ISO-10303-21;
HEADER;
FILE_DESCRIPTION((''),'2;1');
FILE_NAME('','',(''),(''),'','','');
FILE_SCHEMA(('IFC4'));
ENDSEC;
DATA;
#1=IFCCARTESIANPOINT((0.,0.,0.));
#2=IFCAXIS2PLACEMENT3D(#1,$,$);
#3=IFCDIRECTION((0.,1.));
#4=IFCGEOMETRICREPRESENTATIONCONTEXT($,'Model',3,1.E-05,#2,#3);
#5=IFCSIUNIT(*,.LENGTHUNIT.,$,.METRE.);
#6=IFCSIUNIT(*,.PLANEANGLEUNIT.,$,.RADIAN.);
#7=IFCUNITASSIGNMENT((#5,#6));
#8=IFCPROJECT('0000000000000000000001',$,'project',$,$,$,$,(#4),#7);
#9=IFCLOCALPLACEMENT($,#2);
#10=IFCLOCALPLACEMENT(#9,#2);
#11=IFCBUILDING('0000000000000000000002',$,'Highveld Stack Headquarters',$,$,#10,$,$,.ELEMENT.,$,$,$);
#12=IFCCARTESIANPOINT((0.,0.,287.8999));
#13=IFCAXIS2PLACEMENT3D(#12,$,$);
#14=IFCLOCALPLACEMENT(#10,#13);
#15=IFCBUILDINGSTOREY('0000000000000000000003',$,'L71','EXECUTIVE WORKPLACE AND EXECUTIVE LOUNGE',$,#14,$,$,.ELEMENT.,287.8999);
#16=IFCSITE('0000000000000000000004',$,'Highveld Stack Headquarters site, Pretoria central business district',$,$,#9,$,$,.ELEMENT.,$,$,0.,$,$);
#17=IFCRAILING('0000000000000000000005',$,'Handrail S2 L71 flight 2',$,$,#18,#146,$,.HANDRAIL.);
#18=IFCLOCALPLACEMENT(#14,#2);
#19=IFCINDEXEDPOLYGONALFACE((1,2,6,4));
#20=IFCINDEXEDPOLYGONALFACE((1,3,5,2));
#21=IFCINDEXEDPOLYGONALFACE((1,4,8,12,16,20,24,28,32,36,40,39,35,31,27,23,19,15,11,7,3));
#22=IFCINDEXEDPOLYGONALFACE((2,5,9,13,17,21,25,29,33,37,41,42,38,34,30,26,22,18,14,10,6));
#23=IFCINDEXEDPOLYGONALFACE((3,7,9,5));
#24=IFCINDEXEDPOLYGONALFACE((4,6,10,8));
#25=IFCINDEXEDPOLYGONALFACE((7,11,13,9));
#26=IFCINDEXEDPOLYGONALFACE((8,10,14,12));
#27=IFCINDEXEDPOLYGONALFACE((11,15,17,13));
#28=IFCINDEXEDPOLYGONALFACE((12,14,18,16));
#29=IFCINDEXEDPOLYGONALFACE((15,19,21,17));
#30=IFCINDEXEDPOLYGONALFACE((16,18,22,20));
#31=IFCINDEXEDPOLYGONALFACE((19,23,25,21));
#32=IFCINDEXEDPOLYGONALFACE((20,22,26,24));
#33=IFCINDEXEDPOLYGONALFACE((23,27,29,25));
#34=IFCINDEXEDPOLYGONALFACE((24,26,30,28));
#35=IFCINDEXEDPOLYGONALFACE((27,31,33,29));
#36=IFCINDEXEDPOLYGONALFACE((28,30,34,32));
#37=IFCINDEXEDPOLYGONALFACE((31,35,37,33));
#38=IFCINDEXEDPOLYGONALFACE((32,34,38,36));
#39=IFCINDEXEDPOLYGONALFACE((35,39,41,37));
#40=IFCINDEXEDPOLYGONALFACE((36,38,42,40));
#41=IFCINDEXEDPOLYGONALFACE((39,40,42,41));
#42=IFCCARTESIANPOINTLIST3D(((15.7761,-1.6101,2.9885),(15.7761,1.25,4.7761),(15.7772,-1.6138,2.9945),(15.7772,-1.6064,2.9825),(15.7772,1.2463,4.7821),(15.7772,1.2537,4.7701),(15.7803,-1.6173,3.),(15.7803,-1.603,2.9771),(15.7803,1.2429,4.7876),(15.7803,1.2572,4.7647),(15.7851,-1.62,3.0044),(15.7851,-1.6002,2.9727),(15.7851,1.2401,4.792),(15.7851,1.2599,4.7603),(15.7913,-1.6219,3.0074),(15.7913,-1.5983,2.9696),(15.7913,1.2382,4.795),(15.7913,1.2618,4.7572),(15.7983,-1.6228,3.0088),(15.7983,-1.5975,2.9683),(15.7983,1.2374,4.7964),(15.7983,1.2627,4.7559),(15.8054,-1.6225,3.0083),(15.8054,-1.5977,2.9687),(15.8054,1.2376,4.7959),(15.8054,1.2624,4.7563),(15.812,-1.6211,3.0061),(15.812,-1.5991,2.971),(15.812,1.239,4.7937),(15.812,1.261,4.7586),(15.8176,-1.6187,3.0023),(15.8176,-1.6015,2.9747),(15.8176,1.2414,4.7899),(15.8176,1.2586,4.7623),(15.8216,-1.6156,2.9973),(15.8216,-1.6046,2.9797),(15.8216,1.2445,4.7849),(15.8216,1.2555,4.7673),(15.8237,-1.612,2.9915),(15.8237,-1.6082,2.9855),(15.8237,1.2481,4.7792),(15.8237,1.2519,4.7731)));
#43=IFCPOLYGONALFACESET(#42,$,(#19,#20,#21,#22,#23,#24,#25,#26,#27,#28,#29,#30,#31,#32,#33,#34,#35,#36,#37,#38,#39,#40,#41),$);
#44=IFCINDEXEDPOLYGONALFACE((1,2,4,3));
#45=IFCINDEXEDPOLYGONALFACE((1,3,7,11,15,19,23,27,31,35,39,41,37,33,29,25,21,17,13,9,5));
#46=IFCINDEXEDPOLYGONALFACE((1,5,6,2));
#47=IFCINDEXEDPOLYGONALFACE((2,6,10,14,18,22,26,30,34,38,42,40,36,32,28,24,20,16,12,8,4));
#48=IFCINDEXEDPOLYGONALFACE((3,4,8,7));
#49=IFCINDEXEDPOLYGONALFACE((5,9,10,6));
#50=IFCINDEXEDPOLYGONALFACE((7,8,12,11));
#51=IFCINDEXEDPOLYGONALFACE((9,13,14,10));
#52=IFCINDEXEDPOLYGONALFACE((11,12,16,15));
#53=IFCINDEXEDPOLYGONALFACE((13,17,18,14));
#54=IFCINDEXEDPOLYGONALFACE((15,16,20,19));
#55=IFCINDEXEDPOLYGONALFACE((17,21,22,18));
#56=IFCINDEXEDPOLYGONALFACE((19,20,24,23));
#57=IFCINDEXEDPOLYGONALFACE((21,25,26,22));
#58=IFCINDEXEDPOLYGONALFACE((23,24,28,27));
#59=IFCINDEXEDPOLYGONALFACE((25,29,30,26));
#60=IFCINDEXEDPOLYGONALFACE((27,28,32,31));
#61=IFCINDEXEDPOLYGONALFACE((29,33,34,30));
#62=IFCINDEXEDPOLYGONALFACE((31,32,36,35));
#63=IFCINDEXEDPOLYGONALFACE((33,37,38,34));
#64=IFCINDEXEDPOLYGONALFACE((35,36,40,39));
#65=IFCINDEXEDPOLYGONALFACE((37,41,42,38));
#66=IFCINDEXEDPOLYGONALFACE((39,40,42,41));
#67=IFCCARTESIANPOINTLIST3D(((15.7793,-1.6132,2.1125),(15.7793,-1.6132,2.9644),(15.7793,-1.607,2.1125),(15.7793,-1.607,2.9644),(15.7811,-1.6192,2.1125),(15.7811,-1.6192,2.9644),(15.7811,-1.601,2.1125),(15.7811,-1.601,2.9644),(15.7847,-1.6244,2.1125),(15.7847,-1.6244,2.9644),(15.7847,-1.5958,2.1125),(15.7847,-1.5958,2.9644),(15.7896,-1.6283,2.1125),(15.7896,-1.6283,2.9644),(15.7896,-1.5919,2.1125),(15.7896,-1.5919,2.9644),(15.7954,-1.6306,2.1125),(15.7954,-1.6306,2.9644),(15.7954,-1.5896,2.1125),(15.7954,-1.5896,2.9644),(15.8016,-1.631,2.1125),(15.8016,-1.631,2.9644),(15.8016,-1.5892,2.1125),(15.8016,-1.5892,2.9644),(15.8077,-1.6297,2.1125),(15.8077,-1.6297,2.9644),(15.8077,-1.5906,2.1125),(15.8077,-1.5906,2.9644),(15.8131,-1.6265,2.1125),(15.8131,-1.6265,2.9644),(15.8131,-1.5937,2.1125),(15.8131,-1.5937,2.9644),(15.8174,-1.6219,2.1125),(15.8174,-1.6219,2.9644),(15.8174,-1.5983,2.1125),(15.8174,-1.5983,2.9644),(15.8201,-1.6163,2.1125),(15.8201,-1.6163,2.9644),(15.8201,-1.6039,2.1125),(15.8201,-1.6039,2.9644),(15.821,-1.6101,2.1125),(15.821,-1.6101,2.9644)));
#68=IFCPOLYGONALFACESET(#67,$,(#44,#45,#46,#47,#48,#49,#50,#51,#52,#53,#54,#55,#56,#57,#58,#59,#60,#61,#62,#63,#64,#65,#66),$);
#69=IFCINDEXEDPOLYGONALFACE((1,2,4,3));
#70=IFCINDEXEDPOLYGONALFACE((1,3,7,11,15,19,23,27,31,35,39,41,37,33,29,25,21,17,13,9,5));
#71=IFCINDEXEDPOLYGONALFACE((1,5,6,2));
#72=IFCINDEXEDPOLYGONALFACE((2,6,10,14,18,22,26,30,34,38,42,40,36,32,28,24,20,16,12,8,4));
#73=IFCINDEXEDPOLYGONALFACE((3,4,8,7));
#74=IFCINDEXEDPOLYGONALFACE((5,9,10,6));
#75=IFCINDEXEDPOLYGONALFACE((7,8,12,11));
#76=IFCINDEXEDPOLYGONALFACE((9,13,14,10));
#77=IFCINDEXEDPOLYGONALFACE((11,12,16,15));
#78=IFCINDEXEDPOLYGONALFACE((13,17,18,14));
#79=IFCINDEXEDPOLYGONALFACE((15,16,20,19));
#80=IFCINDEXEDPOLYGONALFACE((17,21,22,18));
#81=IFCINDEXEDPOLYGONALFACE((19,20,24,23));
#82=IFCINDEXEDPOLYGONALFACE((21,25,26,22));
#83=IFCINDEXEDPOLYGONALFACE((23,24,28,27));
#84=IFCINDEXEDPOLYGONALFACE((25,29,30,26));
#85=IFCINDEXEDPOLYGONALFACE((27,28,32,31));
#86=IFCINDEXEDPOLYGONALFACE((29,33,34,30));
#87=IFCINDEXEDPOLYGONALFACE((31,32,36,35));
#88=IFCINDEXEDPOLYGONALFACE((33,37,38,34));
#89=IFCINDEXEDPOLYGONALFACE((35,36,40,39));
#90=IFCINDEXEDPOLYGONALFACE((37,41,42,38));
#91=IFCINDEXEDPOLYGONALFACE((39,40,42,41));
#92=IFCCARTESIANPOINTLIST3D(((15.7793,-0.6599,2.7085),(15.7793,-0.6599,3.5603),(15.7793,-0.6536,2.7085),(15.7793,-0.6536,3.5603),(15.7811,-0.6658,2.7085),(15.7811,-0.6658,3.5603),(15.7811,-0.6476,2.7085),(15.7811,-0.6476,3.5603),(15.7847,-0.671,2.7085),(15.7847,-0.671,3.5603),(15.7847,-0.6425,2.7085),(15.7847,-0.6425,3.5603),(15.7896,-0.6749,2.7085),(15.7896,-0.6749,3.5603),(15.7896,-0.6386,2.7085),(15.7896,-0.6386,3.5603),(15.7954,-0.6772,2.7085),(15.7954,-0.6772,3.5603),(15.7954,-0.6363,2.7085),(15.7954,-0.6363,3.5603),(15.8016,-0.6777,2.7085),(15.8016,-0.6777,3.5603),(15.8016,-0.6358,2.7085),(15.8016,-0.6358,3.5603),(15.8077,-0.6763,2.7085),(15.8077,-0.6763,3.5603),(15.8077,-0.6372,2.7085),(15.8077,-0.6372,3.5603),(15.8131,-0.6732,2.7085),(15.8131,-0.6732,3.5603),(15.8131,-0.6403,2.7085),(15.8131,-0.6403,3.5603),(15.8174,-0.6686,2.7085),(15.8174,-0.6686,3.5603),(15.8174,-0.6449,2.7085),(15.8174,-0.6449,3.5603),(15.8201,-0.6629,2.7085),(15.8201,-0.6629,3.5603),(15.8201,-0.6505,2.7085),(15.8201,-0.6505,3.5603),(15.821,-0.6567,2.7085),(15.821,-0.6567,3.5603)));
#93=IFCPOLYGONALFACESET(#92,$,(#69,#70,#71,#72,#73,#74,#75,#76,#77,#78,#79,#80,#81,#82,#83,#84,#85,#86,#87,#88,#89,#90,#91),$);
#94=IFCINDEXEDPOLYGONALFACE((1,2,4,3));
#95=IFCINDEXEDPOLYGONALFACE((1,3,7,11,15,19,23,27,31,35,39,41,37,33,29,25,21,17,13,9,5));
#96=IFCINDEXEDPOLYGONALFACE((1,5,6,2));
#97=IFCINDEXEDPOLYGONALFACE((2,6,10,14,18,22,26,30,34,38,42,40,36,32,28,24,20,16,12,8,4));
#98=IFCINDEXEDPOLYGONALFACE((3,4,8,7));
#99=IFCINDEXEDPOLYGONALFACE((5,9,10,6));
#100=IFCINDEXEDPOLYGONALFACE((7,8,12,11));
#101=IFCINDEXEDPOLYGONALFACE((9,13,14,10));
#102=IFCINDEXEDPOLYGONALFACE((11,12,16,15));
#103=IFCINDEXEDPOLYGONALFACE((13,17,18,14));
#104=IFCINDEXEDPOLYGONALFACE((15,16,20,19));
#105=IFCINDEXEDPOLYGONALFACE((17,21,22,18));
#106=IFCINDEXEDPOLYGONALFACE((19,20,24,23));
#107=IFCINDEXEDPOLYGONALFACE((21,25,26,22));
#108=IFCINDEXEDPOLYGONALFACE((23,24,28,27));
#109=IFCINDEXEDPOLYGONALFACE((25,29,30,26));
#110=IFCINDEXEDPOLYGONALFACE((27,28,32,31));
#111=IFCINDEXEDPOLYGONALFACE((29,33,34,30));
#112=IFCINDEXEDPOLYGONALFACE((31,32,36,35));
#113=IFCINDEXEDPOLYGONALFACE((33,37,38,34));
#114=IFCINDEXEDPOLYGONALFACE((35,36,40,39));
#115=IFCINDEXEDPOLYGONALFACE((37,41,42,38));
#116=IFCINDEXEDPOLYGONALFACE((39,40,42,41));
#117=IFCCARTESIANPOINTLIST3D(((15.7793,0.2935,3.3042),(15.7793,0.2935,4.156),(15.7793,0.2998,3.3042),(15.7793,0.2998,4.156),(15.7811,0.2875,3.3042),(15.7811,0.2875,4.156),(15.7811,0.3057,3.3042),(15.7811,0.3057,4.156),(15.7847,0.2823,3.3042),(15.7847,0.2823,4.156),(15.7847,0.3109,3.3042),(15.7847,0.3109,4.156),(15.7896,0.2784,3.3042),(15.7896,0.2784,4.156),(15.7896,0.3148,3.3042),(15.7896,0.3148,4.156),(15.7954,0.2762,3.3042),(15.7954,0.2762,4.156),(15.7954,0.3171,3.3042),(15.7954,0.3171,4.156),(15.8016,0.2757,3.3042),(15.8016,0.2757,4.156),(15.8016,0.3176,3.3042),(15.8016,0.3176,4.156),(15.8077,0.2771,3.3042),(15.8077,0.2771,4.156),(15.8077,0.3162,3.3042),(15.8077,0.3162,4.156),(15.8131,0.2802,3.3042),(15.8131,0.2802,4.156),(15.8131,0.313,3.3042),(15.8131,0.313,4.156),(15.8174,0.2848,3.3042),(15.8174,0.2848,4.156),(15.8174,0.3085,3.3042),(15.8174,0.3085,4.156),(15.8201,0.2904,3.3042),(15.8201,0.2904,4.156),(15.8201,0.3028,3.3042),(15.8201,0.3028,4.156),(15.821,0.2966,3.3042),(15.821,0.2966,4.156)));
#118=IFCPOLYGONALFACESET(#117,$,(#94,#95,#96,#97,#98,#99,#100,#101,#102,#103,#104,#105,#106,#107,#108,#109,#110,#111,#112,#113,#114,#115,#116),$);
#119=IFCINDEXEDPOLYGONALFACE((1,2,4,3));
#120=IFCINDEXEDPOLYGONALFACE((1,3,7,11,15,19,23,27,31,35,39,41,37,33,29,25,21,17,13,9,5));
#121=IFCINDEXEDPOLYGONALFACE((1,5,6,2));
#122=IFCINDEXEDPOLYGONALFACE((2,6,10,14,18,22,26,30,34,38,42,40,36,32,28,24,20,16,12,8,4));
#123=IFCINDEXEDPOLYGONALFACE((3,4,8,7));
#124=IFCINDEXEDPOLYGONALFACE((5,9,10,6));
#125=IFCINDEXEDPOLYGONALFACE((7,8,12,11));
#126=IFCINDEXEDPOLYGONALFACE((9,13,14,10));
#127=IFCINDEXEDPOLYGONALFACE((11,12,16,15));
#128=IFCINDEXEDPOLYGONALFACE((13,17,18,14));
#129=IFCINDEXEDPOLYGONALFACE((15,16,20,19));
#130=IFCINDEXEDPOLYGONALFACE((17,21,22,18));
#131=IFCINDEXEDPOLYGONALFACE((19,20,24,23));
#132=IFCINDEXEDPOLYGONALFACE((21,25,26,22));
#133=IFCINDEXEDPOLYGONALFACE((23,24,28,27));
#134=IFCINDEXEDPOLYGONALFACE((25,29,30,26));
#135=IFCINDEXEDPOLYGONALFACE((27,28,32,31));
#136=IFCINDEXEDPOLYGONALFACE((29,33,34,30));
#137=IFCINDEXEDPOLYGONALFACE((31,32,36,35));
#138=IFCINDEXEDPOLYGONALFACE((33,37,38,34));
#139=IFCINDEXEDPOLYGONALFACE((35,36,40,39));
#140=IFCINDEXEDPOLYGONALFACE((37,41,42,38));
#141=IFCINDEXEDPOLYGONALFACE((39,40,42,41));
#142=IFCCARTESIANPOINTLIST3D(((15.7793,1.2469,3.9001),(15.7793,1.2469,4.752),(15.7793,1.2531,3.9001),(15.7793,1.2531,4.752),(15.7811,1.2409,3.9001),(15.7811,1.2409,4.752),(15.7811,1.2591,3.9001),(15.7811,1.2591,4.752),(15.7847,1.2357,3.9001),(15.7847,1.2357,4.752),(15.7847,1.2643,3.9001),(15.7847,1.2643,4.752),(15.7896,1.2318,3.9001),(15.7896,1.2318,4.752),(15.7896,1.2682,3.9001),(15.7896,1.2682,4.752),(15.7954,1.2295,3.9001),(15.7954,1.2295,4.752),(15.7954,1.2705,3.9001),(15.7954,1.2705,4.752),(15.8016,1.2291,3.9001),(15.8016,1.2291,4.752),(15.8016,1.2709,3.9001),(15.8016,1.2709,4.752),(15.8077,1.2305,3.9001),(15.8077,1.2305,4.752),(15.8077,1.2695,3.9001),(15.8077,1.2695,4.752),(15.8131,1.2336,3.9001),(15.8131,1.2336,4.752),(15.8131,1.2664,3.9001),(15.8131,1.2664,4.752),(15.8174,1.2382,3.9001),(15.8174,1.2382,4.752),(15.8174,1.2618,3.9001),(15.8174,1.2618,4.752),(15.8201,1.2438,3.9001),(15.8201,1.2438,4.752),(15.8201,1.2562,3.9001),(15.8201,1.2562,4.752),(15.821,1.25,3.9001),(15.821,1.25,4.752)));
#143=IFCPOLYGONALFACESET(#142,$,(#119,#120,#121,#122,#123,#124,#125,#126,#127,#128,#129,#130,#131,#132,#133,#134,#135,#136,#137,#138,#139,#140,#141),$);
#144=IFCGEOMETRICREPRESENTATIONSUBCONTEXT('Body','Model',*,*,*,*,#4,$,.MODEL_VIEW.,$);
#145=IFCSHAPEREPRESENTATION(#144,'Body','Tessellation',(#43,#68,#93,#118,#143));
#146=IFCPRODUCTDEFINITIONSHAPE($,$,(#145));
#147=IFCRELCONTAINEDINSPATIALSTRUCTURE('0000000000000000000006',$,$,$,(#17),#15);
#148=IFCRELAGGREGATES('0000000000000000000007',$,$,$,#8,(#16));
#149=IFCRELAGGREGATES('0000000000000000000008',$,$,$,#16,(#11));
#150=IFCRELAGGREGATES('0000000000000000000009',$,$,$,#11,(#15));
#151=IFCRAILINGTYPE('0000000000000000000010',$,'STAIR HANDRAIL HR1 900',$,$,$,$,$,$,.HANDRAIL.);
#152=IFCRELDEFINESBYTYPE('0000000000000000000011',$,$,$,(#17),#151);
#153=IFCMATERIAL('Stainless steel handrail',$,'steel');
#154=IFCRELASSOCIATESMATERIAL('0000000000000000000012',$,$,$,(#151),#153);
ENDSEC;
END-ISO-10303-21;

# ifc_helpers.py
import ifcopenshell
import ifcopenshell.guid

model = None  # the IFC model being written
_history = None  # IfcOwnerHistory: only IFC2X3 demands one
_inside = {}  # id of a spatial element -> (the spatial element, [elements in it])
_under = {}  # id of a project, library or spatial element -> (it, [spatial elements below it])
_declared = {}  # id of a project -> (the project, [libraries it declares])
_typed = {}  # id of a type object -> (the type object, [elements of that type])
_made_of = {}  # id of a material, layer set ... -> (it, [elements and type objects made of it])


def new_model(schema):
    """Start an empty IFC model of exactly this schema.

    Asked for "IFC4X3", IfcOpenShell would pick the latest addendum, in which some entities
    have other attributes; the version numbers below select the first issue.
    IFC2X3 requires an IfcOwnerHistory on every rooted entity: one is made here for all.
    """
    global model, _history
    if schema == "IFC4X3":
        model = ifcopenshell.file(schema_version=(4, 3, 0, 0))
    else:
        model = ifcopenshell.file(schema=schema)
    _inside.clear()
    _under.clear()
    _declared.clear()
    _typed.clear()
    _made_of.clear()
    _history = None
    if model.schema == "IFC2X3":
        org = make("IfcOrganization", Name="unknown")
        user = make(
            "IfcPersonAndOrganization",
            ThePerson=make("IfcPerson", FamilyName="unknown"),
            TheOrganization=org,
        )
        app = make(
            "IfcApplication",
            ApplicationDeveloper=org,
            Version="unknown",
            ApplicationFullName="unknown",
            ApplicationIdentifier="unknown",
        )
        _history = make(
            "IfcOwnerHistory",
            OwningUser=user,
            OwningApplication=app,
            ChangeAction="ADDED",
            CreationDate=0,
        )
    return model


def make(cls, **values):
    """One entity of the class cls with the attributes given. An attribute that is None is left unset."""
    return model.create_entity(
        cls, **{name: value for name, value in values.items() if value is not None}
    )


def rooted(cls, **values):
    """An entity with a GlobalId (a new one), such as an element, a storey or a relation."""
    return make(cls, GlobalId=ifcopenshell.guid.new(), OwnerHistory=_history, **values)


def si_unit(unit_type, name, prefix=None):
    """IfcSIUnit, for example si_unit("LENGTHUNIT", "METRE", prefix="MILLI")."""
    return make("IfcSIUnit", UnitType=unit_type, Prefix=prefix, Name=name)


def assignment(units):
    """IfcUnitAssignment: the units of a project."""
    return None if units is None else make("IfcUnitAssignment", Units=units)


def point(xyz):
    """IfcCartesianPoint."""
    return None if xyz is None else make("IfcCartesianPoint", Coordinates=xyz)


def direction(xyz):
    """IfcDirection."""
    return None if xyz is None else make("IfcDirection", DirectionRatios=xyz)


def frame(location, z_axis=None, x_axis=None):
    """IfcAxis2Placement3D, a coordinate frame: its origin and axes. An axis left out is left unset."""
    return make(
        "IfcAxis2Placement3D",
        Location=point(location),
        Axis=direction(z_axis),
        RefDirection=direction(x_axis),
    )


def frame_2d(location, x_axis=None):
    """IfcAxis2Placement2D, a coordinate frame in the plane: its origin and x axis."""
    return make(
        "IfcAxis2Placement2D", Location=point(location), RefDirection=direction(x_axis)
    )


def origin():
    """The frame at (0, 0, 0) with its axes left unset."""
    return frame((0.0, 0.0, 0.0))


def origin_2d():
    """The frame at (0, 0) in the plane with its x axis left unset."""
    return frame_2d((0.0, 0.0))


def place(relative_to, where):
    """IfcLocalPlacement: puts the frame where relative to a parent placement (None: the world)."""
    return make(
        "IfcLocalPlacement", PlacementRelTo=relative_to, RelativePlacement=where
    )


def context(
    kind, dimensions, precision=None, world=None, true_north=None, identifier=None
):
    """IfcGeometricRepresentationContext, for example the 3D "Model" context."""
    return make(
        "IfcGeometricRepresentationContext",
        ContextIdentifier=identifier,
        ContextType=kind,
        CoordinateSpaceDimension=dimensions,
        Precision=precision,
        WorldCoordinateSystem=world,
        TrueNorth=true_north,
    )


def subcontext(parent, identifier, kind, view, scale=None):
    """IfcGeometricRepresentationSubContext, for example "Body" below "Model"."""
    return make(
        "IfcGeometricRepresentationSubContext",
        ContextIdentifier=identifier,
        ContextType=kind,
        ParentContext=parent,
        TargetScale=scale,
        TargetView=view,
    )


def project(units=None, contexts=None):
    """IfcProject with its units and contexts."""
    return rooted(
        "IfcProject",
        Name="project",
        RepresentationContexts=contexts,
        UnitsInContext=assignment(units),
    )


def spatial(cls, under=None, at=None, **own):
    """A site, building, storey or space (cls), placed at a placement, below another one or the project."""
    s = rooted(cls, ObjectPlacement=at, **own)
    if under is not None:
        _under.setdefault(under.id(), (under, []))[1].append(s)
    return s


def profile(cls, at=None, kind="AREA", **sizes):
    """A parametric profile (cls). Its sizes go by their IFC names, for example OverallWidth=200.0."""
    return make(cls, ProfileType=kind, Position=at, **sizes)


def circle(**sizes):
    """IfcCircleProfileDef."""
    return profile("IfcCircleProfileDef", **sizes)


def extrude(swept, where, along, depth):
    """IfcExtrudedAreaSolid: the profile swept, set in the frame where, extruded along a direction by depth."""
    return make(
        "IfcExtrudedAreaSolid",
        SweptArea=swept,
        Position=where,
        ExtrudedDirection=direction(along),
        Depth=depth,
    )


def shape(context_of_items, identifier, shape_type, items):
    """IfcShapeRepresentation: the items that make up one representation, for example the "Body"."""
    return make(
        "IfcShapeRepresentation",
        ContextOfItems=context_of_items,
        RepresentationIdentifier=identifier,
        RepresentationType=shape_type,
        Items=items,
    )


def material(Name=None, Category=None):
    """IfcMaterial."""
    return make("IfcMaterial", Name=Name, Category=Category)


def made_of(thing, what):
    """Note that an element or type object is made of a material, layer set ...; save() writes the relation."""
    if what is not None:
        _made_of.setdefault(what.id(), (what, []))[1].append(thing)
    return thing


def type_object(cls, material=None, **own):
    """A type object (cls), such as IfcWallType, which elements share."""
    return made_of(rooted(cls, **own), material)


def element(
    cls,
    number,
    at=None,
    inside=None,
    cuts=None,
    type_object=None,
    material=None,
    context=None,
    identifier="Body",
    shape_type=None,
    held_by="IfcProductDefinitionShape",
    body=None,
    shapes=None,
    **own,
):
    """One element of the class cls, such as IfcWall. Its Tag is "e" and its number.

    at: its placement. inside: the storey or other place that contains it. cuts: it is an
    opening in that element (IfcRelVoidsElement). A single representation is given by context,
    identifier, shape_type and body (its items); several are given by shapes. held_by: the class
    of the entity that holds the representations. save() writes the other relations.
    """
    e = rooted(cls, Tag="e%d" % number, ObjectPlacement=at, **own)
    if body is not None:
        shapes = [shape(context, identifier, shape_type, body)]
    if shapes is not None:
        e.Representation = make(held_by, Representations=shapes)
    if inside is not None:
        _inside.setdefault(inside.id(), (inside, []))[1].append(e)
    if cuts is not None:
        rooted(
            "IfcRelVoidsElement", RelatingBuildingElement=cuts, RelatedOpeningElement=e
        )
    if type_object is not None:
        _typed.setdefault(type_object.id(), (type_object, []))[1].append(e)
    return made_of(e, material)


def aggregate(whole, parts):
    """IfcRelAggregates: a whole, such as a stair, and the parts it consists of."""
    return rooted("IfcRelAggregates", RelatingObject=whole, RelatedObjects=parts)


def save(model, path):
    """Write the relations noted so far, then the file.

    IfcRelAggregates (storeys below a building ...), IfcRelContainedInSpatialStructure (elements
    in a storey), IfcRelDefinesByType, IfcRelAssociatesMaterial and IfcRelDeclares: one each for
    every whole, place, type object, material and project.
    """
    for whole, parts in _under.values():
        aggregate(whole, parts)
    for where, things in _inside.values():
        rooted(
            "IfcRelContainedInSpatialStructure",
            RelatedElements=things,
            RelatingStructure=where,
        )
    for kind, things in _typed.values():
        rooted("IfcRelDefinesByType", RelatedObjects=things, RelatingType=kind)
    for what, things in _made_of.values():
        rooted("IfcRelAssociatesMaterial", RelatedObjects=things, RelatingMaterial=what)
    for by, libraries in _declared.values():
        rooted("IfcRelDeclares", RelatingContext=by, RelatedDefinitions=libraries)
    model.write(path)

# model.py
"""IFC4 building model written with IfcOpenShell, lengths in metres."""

from ifc_helpers import new_model, si_unit, direction, frame, origin, origin_2d, place, context, subcontext, project, spatial, circle, extrude, material, type_object, element, save


model = new_model("IFC4")

# Units and contexts
model_context = context("Model", 3, precision=1e-05, world=origin(), true_north=direction((0.0, 1.0)))
body_context = subcontext(model_context, "Body", "Model", "MODEL_VIEW")
ifc_project = project(units=[si_unit("LENGTHUNIT", "METRE"), si_unit("PLANEANGLEUNIT", "RADIAN")], contexts=[model_context])

# Site, building, storey
site_placement = place(None, origin())
site = spatial("IfcSite", under=ifc_project, at=site_placement, Name="Highveld Stack Headquarters site, Pretoria central business district", CompositionType="ELEMENT", RefElevation=0.0)
building_placement = place(site_placement, origin())
building = spatial("IfcBuilding", under=site, at=building_placement, Name="Highveld Stack Headquarters", CompositionType="ELEMENT")
storey_placement = place(building_placement, frame((0.0, 0.0, 287.8999)))
storey = spatial("IfcBuildingStorey", under=building, at=storey_placement, Name="L71", Description="EXECUTIVE WORKPLACE AND EXECUTIVE LOUNGE", CompositionType="ELEMENT", Elevation=287.8999)

# Railing
ifc_material_1 = material(Name="Stainless steel handrail", Category="steel")
railing_type = type_object("IfcRailingType", Name="STAIR HANDRAIL HR1 900", PredefinedType="HANDRAIL", material=ifc_material_1)
for number, where, name in (
    (1, (15.8, -1.6101, 2.1125), "Handrail S2 L71 flight 2"),
):
    element("IfcRailing", number, at=place(storey_placement, frame(where)), inside=storey, type_object=railing_type, Name=name, PredefinedType="HANDRAIL", context=body_context, shape_type="SweptSolid", body=[
        extrude(circle(Radius=0.0239, at=origin_2d()), frame((0.0, 0.0, 0.876), z_axis=(0.0, 0.847994, 0.530005), x_axis=(-1.0, 0.0, 0.0)), (0.0, 0.0, 1.0), 3.3728),
        extrude(circle(Radius=0.021, at=origin_2d()), origin(), (0.0, 0.0, 1.0), 0.8518),
        extrude(circle(Radius=0.021, at=origin_2d()), frame((0.0, 0.9534, 0.5959)), (0.0, 0.0, 1.0), 0.8518),
        extrude(circle(Radius=0.021, at=origin_2d()), frame((0.0, 1.9067, 1.1917)), (0.0, 0.0, 1.0), 0.8518),
        extrude(circle(Radius=0.021, at=origin_2d()), frame((0.0, 2.8601, 1.7876)), (0.0, 0.0, 1.0), 0.8518),
    ])

save(model, "model.ifc")
